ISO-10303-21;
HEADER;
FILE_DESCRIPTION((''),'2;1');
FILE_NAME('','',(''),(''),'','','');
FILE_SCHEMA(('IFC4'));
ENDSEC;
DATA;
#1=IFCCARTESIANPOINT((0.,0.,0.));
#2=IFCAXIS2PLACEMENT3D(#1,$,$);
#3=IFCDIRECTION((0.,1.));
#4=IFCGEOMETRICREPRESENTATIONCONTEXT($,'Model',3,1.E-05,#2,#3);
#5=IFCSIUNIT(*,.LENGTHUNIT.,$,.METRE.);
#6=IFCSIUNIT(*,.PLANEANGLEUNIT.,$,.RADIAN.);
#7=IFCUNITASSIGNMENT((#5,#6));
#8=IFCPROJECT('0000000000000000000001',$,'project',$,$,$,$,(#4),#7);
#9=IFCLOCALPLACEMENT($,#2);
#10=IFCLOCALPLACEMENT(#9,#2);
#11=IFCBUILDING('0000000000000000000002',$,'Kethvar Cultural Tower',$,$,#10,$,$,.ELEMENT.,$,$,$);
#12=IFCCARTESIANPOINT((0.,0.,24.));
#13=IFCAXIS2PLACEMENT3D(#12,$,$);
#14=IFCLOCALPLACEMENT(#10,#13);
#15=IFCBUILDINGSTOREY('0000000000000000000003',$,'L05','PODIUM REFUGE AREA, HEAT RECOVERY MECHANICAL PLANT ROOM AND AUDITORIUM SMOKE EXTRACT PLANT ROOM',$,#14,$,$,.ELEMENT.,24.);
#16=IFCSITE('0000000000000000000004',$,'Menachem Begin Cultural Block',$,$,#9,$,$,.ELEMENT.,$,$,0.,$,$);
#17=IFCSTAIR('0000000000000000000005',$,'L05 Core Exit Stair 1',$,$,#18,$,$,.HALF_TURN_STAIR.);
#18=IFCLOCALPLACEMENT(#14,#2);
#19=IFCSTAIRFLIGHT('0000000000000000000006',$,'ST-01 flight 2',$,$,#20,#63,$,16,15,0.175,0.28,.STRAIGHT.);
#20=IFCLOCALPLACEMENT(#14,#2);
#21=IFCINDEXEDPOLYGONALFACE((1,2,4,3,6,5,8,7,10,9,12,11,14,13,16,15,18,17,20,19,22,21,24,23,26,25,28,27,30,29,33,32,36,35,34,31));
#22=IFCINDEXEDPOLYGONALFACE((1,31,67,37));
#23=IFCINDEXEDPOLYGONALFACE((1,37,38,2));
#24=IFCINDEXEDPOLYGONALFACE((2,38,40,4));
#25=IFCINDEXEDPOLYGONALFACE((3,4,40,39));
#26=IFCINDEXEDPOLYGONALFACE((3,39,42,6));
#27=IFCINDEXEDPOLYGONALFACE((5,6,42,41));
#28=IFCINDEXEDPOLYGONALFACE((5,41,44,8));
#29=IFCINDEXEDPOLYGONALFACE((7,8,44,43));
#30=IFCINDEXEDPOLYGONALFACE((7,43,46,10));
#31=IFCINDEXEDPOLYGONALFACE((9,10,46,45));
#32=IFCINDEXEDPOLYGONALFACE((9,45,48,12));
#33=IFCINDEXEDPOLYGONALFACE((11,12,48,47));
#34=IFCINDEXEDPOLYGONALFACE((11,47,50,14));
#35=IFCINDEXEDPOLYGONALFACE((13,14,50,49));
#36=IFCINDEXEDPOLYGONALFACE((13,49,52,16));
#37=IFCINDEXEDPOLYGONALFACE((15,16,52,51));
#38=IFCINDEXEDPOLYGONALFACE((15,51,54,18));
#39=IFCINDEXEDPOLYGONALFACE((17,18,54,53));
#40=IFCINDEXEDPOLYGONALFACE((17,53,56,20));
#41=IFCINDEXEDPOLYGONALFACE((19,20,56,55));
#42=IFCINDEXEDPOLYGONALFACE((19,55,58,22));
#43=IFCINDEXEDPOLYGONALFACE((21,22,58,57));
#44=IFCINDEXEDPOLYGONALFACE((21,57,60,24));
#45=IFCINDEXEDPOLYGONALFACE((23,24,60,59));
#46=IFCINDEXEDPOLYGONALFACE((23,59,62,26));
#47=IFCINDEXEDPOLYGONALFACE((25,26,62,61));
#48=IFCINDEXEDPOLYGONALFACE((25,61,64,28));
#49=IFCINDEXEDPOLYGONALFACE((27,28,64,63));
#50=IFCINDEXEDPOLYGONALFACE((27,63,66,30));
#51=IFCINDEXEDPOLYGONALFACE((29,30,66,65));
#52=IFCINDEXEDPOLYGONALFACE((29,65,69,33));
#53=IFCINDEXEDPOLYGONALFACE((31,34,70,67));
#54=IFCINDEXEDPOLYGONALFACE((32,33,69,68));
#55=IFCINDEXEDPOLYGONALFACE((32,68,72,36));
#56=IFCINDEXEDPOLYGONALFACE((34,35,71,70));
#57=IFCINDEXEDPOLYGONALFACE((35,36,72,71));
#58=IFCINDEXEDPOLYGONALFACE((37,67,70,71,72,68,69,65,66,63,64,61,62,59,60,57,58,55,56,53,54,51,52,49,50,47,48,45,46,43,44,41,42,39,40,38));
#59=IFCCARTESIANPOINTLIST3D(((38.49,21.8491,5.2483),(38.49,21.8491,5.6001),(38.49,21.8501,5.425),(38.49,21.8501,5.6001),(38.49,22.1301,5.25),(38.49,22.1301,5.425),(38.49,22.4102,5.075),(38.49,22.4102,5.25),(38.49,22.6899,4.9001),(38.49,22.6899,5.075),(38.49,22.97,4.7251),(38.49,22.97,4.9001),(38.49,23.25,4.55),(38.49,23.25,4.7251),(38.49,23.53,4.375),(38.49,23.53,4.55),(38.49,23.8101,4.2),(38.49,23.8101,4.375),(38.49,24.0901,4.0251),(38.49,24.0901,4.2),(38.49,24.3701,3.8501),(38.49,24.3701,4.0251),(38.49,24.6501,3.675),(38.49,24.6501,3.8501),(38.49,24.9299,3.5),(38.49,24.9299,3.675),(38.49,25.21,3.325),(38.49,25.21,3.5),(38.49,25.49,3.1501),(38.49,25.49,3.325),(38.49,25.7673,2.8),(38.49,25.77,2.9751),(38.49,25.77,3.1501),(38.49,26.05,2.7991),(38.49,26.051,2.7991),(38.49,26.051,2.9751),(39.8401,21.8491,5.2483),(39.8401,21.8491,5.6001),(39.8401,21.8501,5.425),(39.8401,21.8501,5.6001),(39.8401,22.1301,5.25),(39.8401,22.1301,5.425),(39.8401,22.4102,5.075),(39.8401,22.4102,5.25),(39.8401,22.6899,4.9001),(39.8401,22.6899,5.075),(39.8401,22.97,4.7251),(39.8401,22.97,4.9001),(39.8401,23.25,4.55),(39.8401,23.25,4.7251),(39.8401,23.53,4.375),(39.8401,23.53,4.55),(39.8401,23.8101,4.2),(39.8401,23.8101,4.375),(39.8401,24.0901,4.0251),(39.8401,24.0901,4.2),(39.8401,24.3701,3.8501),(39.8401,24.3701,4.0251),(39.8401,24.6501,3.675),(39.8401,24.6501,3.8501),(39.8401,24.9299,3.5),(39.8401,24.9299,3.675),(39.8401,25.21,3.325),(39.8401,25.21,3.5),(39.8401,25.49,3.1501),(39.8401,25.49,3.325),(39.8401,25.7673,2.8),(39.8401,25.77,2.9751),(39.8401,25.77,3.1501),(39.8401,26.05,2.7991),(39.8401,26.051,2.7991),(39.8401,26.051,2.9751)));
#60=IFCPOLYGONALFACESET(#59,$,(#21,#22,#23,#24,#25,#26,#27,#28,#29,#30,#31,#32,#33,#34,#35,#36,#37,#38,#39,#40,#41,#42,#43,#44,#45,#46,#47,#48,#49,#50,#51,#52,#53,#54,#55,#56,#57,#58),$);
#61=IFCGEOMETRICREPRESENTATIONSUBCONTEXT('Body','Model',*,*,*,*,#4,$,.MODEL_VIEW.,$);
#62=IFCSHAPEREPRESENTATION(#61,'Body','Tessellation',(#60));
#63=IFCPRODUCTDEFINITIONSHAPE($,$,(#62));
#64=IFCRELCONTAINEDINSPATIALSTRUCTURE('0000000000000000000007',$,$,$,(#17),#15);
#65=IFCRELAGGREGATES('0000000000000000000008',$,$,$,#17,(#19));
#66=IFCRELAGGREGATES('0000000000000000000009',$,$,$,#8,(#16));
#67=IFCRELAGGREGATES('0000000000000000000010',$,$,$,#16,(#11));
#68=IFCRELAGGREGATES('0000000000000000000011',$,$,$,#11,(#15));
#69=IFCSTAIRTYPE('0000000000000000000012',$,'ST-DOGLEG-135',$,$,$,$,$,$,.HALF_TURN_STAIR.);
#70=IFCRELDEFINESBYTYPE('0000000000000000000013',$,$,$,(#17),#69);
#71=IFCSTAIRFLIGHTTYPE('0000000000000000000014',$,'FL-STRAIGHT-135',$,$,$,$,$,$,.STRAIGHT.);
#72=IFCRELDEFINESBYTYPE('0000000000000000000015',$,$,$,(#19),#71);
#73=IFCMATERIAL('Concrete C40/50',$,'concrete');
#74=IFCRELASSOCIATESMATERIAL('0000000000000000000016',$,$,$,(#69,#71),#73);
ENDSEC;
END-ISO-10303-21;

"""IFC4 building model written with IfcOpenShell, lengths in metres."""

from ifc_helpers import new_model, si_unit, direction, frame, origin, place, context, subcontext, project, spatial, polyline, outline, extrude, material, type_object, element, aggregate, save


model = new_model("IFC4")

# Units and contexts
model_context = context("Model", 3, precision=1e-05, world=origin(), true_north=direction((0.0, 1.0)))
body_context = subcontext(model_context, "Body", "Model", "MODEL_VIEW")
ifc_project = project(units=[si_unit("LENGTHUNIT", "METRE"), si_unit("PLANEANGLEUNIT", "RADIAN")], contexts=[model_context])

# Site, building, storey
site_placement = place(None, origin())
site = spatial("IfcSite", under=ifc_project, at=site_placement, Name="Menachem Begin Cultural Block", CompositionType="ELEMENT", RefElevation=0.0)
building_placement = place(site_placement, origin())
building = spatial("IfcBuilding", under=site, at=building_placement, Name="Kethvar Cultural Tower", CompositionType="ELEMENT")
storey_placement = place(building_placement, frame((0.0, 0.0, 24.0)))
storey = spatial("IfcBuildingStorey", under=building, at=storey_placement, Name="L05", Description="PODIUM REFUGE AREA, HEAT RECOVERY MECHANICAL PLANT ROOM AND AUDITORIUM SMOKE EXTRACT PLANT ROOM", CompositionType="ELEMENT", Elevation=24.0)

# Stair, stair flight
ifc_material_1 = material(Name="Concrete C40/50", Category="concrete")
stair_type = type_object("IfcStairType", Name="ST-DOGLEG-135", PredefinedType="HALF_TURN_STAIR", material=ifc_material_1)
stair_placement = place(storey_placement, origin())
stair = element("IfcStair", 1, at=stair_placement, inside=storey, type_object=stair_type, Name="L05 Core Exit Stair 1", PredefinedType="HALF_TURN_STAIR")
stair_flight_type = type_object("IfcStairFlightType", Name="FL-STRAIGHT-135", PredefinedType="STRAIGHT", material=ifc_material_1)
stair_flight_1_placement = place(storey_placement, frame((39.165, 26.05, 2.8), z_axis=(0.0, 0.0, 1.0), x_axis=(0.0, -1.0, 0.0)))
stair_flight_1 = element("IfcStairFlight", 2, at=stair_flight_1_placement, type_object=stair_flight_type, Name="ST-01 flight 2", NumberOfRisers=16, NumberOfTreads=15, PredefinedType="STRAIGHT", RiserHeight=0.175, TreadLength=0.28, context=body_context, shape_type="SweptSolid", body=[
    extrude(outline(polyline([(-0.001, -0.001), (-0.001, 0.175), (0.28, 0.175), (0.28, 0.3501), (0.5601, 0.3501), (0.5601, 0.5249), (0.8401, 0.5249), (0.8401, 0.7), (1.1201, 0.7), (1.1201, 0.875), (1.3999, 0.875), (1.3999, 1.05), (1.6799, 1.05), (1.6799, 1.2251), (1.96, 1.2251), (1.96, 1.3999), (2.24, 1.3999), (2.24, 1.575), (2.52, 1.575), (2.52, 1.75), (2.8, 1.75), (2.8, 1.925), (3.0801, 1.925), (3.0801, 2.1001), (3.3601, 2.1001), (3.3601, 2.2749), (3.6399, 2.2749), (3.6399, 2.45), (3.9199, 2.45), (3.9199, 2.625), (4.2, 2.625), (4.2, 2.8), (4.2009, 2.8), (4.2009, 2.4482), (0.2827, 0.0), (0.0, -0.001), (-0.001, -0.001)])), frame((0.0, 0.675, 0.0), z_axis=(0.0, -1.0, 0.0), x_axis=(1.0, 0.0, 0.0)), (0.0, 0.0, 1.0), 1.3501),
])
aggregate(stair, [stair_flight_1])

save(model, "model.ifc")
